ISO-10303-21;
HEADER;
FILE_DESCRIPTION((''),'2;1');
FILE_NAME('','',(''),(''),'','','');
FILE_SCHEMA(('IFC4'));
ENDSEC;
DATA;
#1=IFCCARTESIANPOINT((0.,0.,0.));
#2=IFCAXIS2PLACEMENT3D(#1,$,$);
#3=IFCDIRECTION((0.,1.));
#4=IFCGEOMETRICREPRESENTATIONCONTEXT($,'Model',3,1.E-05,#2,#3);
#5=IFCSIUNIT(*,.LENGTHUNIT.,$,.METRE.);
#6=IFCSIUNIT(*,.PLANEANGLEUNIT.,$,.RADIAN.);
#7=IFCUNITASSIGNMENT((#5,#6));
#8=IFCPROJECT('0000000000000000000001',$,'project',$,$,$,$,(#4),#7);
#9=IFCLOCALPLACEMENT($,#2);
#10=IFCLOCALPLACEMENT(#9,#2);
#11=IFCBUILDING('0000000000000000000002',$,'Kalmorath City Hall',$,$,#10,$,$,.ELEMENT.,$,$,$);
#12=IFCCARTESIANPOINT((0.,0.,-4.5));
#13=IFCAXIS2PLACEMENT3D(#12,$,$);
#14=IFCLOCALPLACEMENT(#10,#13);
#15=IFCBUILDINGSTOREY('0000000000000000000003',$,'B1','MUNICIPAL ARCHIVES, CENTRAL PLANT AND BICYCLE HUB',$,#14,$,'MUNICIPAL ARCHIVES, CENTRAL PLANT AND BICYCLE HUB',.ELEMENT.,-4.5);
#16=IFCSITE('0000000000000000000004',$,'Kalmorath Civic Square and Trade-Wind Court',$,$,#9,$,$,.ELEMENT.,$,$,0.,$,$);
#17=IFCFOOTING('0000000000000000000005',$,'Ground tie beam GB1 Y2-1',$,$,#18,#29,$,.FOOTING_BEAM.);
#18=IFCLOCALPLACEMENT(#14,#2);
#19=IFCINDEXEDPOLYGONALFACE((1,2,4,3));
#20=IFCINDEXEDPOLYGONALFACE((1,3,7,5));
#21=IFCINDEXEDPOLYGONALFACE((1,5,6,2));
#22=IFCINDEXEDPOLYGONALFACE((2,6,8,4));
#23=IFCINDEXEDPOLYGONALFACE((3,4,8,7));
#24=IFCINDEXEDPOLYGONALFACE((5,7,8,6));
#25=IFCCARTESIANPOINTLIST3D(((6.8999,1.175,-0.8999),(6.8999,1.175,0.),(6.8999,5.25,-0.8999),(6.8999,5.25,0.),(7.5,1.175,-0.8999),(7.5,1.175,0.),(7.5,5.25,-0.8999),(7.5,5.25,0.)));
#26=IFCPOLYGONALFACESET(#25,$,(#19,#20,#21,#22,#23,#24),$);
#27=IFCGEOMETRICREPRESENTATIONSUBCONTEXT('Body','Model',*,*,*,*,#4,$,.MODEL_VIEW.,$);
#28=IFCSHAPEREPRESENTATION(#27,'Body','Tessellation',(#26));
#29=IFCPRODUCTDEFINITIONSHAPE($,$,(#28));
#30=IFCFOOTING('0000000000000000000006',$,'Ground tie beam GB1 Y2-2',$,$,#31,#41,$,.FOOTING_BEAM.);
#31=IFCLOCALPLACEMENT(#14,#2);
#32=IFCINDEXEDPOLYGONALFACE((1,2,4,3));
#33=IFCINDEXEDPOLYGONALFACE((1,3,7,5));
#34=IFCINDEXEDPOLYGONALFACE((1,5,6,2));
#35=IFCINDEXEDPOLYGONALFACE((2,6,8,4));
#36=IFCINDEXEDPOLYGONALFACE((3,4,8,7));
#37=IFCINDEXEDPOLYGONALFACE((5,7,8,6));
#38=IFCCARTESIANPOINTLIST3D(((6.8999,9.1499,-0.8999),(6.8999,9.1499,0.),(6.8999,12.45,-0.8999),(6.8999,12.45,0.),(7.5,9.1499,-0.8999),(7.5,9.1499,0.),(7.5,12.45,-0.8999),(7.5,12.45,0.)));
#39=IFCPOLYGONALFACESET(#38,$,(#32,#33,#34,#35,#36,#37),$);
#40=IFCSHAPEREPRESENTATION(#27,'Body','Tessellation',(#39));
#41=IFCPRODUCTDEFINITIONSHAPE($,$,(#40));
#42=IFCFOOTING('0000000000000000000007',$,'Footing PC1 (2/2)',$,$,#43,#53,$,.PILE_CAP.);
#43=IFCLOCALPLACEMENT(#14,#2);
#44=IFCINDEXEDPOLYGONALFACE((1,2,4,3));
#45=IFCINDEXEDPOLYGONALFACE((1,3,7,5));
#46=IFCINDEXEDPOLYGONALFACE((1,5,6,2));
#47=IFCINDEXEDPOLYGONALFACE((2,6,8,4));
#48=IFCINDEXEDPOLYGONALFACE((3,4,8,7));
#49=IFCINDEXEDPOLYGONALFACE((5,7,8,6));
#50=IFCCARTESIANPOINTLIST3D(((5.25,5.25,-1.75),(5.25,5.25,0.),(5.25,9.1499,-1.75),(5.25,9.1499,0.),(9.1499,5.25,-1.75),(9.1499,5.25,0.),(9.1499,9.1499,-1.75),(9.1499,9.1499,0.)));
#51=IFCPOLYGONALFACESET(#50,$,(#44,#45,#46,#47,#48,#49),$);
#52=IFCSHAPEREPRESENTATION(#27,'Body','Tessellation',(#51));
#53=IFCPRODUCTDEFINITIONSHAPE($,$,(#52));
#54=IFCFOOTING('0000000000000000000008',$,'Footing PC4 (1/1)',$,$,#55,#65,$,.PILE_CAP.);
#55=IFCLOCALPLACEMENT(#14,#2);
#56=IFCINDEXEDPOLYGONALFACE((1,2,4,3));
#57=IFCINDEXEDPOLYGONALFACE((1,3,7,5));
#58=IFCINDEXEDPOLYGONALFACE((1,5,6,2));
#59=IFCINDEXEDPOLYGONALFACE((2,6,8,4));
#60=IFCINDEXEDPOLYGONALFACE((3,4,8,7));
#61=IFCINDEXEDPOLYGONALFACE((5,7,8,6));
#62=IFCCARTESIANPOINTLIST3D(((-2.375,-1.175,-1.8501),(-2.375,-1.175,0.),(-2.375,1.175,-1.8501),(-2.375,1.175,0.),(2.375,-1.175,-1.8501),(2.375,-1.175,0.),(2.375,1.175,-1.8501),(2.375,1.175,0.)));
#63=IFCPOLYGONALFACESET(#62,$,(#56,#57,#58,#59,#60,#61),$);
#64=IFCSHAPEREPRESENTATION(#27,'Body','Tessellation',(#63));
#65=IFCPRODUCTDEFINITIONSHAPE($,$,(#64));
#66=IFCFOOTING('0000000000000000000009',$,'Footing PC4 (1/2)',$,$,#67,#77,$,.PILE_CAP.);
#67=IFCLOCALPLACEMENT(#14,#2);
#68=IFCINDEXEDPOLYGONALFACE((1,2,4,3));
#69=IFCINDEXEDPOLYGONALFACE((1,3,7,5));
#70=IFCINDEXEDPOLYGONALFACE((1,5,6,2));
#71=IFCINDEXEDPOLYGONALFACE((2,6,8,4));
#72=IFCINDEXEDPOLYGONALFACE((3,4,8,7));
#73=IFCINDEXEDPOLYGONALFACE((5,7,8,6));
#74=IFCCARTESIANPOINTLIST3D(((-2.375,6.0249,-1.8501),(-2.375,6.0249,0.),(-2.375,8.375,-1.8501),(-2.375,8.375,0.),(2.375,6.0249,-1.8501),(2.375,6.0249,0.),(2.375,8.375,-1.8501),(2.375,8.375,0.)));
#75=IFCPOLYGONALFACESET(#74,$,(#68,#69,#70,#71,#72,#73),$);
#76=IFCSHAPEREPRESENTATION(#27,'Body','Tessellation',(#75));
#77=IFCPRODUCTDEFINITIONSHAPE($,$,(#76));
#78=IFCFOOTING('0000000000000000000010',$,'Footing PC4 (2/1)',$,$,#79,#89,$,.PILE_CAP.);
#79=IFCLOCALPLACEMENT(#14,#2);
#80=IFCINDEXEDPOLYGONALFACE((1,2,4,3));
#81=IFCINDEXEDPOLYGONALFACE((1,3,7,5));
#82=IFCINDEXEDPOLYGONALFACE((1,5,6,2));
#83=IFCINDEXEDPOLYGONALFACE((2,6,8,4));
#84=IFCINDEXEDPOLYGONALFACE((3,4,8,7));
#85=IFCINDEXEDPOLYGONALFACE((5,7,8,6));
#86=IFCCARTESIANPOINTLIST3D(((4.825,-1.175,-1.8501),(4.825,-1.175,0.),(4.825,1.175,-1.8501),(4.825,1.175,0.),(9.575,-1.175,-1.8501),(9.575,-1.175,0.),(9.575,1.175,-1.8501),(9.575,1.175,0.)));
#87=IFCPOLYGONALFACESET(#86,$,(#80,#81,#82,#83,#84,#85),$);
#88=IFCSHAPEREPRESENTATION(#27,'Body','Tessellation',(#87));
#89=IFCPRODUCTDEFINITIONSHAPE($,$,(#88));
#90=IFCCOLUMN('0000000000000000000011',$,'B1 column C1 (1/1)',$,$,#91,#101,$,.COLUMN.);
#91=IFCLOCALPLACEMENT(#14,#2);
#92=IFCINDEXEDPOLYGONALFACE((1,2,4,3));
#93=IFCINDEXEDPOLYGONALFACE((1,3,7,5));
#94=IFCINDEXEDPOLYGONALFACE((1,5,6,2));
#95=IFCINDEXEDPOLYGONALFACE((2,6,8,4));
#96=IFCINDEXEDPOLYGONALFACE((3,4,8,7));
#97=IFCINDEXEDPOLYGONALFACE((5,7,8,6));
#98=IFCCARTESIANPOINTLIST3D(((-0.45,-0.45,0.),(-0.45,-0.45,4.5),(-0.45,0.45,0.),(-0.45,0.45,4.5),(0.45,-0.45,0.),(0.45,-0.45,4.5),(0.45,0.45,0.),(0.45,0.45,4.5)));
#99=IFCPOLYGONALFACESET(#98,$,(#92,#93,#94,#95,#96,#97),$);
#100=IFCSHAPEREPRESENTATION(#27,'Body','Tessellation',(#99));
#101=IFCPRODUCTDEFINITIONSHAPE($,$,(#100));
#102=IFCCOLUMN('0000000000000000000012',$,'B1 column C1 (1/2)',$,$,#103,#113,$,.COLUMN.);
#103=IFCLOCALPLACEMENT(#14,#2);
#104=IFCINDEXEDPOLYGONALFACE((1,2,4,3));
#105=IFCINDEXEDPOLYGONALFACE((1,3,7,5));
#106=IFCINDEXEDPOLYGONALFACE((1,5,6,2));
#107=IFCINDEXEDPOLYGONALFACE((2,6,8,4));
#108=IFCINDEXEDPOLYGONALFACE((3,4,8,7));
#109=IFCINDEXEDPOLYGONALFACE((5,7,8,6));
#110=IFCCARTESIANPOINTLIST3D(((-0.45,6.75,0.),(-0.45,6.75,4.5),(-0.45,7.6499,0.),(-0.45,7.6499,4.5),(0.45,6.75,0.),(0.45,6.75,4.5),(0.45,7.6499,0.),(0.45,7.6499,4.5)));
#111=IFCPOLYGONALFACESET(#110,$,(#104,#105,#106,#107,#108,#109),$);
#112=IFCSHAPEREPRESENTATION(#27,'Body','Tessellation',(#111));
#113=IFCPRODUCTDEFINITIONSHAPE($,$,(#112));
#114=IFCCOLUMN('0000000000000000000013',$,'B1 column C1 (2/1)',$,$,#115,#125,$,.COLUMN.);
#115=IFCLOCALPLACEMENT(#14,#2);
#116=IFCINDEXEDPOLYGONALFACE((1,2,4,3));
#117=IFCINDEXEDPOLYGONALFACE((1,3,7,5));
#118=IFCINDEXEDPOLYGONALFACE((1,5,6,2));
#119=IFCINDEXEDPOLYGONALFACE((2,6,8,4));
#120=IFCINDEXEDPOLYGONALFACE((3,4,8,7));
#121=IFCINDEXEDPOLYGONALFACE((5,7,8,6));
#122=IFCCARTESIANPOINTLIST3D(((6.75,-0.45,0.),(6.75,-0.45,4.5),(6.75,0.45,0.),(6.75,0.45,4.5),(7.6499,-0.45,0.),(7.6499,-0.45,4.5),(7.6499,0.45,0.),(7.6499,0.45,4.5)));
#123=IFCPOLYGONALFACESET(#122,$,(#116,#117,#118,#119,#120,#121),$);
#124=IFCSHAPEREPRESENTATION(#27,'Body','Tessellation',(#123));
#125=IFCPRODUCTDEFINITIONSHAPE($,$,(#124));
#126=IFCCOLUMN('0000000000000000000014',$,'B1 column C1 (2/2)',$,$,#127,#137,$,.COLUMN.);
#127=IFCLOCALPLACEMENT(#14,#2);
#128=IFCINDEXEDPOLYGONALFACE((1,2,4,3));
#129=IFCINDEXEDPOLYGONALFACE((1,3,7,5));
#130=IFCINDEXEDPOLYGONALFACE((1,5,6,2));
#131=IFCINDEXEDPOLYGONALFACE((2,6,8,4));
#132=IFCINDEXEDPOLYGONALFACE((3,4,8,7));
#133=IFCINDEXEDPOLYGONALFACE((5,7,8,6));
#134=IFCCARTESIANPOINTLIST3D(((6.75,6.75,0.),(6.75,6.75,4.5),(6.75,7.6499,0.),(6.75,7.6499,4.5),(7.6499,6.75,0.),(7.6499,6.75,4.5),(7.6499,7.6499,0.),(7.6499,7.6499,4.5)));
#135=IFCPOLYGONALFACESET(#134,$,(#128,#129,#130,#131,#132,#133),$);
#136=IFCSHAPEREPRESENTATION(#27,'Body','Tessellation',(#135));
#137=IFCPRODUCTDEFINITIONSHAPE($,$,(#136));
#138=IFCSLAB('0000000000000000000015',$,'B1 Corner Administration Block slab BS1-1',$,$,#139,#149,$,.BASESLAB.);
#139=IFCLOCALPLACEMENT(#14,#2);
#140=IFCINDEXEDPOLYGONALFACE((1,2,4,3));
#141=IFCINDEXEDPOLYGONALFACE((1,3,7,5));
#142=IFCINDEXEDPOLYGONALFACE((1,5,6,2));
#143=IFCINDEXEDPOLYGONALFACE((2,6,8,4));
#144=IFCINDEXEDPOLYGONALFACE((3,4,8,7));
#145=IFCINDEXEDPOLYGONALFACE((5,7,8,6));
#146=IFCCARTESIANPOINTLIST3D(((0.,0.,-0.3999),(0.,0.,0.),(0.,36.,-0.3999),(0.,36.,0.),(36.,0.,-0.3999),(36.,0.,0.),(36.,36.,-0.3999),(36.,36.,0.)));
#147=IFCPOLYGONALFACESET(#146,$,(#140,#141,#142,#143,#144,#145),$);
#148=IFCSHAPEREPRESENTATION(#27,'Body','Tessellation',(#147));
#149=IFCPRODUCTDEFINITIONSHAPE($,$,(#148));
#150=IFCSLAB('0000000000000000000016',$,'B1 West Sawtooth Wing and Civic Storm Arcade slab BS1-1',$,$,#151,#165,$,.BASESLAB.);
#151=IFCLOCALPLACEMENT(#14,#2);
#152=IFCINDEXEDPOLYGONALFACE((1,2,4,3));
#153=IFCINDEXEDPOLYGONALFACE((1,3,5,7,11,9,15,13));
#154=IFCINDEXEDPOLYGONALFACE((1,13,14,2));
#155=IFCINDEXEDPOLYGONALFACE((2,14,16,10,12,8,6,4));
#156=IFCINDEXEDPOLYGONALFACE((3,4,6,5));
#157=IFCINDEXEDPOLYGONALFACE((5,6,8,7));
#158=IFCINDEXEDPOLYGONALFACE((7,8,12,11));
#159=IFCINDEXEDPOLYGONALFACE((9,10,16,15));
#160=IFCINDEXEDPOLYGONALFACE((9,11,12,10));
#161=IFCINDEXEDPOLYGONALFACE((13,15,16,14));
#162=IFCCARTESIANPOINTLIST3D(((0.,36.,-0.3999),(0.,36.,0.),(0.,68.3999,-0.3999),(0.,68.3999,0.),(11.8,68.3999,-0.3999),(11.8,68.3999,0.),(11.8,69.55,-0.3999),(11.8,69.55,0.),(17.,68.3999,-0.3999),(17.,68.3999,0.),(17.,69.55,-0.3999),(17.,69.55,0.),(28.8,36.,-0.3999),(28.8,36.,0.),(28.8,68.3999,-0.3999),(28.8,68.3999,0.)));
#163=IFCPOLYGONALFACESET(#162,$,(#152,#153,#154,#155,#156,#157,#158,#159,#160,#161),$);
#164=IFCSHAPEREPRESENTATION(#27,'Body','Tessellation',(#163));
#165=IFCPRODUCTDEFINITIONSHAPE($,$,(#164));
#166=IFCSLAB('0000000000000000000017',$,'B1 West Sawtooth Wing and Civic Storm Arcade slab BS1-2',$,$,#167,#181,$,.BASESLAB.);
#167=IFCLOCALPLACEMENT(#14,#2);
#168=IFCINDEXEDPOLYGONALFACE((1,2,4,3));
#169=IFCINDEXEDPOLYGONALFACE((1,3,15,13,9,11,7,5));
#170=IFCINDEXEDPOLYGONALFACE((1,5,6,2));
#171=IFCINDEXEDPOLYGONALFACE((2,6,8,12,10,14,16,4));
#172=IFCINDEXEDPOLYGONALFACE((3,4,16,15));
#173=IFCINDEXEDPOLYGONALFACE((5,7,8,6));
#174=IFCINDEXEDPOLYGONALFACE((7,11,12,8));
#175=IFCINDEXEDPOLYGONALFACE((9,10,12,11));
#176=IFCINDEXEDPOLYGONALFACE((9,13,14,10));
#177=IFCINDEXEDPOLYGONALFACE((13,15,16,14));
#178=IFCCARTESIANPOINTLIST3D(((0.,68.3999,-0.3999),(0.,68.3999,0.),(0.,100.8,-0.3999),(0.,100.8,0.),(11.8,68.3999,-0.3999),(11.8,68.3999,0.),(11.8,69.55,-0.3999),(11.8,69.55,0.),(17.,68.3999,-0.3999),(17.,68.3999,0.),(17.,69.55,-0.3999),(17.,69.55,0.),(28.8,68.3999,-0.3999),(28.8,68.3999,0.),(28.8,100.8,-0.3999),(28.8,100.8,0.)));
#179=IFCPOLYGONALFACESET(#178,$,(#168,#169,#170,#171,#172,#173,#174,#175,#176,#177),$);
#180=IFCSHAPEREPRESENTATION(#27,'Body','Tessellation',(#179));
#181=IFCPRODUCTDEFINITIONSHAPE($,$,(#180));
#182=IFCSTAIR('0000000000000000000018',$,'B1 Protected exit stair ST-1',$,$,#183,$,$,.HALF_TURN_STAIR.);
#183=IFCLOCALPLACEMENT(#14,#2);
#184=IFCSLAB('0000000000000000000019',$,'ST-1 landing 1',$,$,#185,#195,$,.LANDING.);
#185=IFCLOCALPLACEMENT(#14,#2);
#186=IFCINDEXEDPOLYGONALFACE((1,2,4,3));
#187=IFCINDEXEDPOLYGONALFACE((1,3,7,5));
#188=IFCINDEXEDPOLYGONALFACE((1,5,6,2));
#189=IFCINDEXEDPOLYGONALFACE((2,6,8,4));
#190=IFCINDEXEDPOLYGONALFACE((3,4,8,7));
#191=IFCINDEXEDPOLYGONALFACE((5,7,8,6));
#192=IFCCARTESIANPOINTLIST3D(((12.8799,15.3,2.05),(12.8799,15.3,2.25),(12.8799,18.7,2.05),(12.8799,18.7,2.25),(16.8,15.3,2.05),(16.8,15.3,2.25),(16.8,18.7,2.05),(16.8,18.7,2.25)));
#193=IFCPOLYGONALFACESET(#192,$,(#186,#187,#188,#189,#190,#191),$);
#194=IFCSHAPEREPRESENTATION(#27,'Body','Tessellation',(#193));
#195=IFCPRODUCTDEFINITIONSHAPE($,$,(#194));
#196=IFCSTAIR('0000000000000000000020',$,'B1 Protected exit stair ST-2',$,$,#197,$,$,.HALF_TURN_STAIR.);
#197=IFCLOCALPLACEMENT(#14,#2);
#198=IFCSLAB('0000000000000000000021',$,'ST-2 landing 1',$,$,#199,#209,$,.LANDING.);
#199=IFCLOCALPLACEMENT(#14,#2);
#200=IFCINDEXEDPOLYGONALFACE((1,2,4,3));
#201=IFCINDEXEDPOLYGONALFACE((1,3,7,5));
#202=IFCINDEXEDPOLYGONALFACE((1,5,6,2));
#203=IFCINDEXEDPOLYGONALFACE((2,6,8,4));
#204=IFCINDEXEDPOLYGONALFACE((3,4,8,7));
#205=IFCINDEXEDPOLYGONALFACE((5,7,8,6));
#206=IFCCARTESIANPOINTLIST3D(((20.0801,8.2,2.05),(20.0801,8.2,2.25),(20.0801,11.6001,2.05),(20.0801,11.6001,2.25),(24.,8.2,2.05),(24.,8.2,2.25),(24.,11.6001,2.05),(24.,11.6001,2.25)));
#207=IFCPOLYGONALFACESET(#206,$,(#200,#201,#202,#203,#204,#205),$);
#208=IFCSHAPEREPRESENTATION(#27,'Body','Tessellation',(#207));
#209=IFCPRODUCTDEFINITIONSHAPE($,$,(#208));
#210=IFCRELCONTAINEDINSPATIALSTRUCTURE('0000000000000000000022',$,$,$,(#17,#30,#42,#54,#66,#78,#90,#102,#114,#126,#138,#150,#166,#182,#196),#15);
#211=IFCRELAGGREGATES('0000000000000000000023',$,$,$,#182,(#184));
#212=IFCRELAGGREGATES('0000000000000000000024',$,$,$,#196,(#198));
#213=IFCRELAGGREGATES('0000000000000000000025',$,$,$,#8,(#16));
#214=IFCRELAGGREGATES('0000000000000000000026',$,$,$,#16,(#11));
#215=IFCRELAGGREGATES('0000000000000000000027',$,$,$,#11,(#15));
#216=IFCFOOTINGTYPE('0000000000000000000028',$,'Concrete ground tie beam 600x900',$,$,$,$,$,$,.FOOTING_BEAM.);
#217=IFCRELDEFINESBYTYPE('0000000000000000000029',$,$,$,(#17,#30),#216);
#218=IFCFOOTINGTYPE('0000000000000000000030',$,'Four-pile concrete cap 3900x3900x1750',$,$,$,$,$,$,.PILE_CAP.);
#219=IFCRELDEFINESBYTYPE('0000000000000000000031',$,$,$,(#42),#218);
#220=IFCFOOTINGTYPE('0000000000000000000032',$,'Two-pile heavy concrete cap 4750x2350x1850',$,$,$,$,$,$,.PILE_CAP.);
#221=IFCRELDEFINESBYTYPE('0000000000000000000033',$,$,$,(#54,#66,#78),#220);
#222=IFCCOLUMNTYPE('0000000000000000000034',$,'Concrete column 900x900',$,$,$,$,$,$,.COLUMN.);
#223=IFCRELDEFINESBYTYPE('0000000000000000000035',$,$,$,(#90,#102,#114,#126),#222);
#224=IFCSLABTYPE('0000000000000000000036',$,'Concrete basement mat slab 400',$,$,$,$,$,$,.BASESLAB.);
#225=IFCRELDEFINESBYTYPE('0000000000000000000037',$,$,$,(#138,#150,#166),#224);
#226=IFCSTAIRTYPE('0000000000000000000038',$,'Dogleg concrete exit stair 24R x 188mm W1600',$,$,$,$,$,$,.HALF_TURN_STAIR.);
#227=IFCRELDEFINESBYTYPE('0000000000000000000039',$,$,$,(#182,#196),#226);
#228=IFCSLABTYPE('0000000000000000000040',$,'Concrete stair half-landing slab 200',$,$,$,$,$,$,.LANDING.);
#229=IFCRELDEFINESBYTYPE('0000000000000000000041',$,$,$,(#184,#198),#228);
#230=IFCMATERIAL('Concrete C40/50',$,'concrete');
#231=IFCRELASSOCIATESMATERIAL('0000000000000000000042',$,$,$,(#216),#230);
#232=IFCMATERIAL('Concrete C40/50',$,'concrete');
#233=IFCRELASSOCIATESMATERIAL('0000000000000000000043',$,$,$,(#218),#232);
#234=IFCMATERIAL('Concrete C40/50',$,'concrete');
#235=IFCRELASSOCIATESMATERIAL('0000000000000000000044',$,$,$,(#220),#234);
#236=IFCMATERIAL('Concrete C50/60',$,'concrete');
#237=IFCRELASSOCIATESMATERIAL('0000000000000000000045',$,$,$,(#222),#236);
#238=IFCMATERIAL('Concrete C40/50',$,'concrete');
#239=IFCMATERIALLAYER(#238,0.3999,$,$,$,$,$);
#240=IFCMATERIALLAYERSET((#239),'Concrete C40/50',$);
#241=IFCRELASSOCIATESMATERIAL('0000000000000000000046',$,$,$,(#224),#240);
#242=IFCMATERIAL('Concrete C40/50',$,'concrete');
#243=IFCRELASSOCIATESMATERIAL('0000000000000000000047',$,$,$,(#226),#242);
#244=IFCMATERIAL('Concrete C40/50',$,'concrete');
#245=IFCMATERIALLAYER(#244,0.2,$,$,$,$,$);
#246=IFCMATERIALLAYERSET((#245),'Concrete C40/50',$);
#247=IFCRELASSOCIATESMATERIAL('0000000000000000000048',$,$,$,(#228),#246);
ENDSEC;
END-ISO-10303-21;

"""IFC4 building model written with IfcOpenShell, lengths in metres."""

from ifc_helpers import new_model, si_unit, direction, frame, origin, origin_2d, place, context, subcontext, project, spatial, polyline, rectangle, outline, extrude, material, layer, layer_set, material_profile, profile_set, type_object, element, aggregate, save


model = new_model("IFC4")

# Units and contexts
model_context = context("Model", 3, precision=1e-05, world=origin(), true_north=direction((0.0, 1.0)))
body_context = subcontext(model_context, "Body", "Model", "MODEL_VIEW")
ifc_project = project(units=[si_unit("LENGTHUNIT", "METRE"), si_unit("PLANEANGLEUNIT", "RADIAN")], contexts=[model_context])

# Site, building, storey
site_placement = place(None, origin())
site = spatial("IfcSite", under=ifc_project, at=site_placement, Name="Kalmorath Civic Square and Trade-Wind Court", CompositionType="ELEMENT", RefElevation=0.0)
building_placement = place(site_placement, origin())
building = spatial("IfcBuilding", under=site, at=building_placement, Name="Kalmorath City Hall", CompositionType="ELEMENT")
storey_placement = place(building_placement, frame((0.0, 0.0, -4.5)))
storey = spatial("IfcBuildingStorey", under=building, at=storey_placement, Name="B1", Description="MUNICIPAL ARCHIVES, CENTRAL PLANT AND BICYCLE HUB", LongName="MUNICIPAL ARCHIVES, CENTRAL PLANT AND BICYCLE HUB", CompositionType="ELEMENT", Elevation=-4.5)

# Footings
ifc_material_1 = material(Name="Concrete C40/50", Category="concrete")
ifc_material_profile_1 = material_profile(ifc_material_1, rectangle(XDim=0.6001, YDim=0.8999, at=origin_2d()), Name="RC-BM-600X900")
ifc_profile_set_1 = profile_set([ifc_material_profile_1], Name="Concrete C40/50")
footing_type_1 = type_object("IfcFootingType", Name="Concrete ground tie beam 600x900", PredefinedType="FOOTING_BEAM", material=ifc_profile_set_1)
footing_1_placement = place(storey_placement, frame((7.2, 1.175, -0.45), z_axis=(0.0, 1.0, 0.0), x_axis=(-1.0, 0.0, 0.0)))
element("IfcFooting", 1, at=footing_1_placement, inside=storey, type_object=footing_type_1, Name="Ground tie beam GB1 Y2-1", PredefinedType="FOOTING_BEAM", context=body_context, shape_type="SweptSolid", body=[
    extrude(rectangle(XDim=0.6001, YDim=0.8999, at=origin_2d()), origin(), (0.0, 0.0, 1.0), 4.075),
])
footing_2_placement = place(storey_placement, frame((7.2, 9.1499, -0.45), z_axis=(0.0, 1.0, 0.0), x_axis=(-1.0, 0.0, 0.0)))
element("IfcFooting", 2, at=footing_2_placement, inside=storey, type_object=footing_type_1, Name="Ground tie beam GB1 Y2-2", PredefinedType="FOOTING_BEAM", context=body_context, shape_type="SweptSolid", body=[
    extrude(rectangle(XDim=0.6001, YDim=0.8999, at=origin_2d()), origin(), (0.0, 0.0, 1.0), 3.3),
])
ifc_material_2 = material(Name="Concrete C40/50", Category="concrete")
footing_type_2 = type_object("IfcFootingType", Name="Four-pile concrete cap 3900x3900x1750", PredefinedType="PILE_CAP", material=ifc_material_2)
footing_3_placement = place(storey_placement, frame((7.2, 7.2, -1.75), z_axis=(0.0, 0.0, 1.0), x_axis=(1.0, 0.0, 0.0)))
element("IfcFooting", 3, at=footing_3_placement, inside=storey, type_object=footing_type_2, Name="Footing PC1 (2/2)", PredefinedType="PILE_CAP", context=body_context, shape_type="SweptSolid", body=[
    extrude(rectangle(XDim=3.8999, YDim=3.8999, at=origin_2d()), origin(), (0.0, 0.0, 1.0), 1.75),
])
ifc_material_3 = material(Name="Concrete C40/50", Category="concrete")
footing_type_3 = type_object("IfcFootingType", Name="Two-pile heavy concrete cap 4750x2350x1850", PredefinedType="PILE_CAP", material=ifc_material_3)
for number, where, z_axis, x_axis, name in (
    (4, (0.0, 0.0, -1.8501), (0.0, 0.0, 1.0), (1.0, 0.0, 0.0), "Footing PC4 (1/1)"),
    (5, (0.0, 7.2, -1.8501), (0.0, 0.0, 1.0), (1.0, 0.0, 0.0), "Footing PC4 (1/2)"),
    (6, (7.2, 0.0, -1.8501), (0.0, 0.0, 1.0), (1.0, 0.0, 0.0), "Footing PC4 (2/1)"),
):
    element("IfcFooting", number, at=place(storey_placement, frame(where, z_axis=z_axis, x_axis=x_axis)), inside=storey, type_object=footing_type_3, Name=name, PredefinedType="PILE_CAP", context=body_context, shape_type="SweptSolid", body=[
        extrude(rectangle(XDim=4.75, YDim=2.3501, at=origin_2d()), origin(), (0.0, 0.0, 1.0), 1.8501),
    ])

# Columns
ifc_material_4 = material(Name="Concrete C50/60", Category="concrete")
ifc_material_profile_2 = material_profile(ifc_material_4, rectangle(XDim=0.8999, YDim=0.8999, at=origin_2d()), Name="RC-COL-900X900")
ifc_profile_set_2 = profile_set([ifc_material_profile_2], Name="Concrete C50/60")
column_type = type_object("IfcColumnType", Name="Concrete column 900x900", PredefinedType="COLUMN", material=ifc_profile_set_2)
for number, where, z_axis, x_axis, name in (
    (7, (0.0, 0.0, 0.0), (0.0, 0.0, 1.0), (1.0, 0.0, 0.0), "B1 column C1 (1/1)"),
    (8, (0.0, 7.2, 0.0), (0.0, 0.0, 1.0), (1.0, 0.0, 0.0), "B1 column C1 (1/2)"),
    (9, (7.2, 0.0, 0.0), (0.0, 0.0, 1.0), (1.0, 0.0, 0.0), "B1 column C1 (2/1)"),
    (10, (7.2, 7.2, 0.0), (0.0, 0.0, 1.0), (1.0, 0.0, 0.0), "B1 column C1 (2/2)"),
):
    element("IfcColumn", number, at=place(storey_placement, frame(where, z_axis=z_axis, x_axis=x_axis)), inside=storey, type_object=column_type, Name=name, PredefinedType="COLUMN", context=body_context, shape_type="SweptSolid", body=[
        extrude(rectangle(XDim=0.8999, YDim=0.8999, at=origin_2d()), origin(), (0.0, 0.0, 1.0), 4.5),
    ])

# Slabs
ifc_material_5 = material(Name="Concrete C40/50", Category="concrete")
ifc_layer_1 = layer(ifc_material_5, 0.3999)
ifc_layer_set_1 = layer_set([ifc_layer_1], Name="Concrete C40/50")
slab_type_1 = type_object("IfcSlabType", Name="Concrete basement mat slab 400", PredefinedType="BASESLAB", material=ifc_layer_set_1)
slab_1_placement = place(storey_placement, frame((0.0, 0.0, -0.3999)))
element("IfcSlab", 11, at=slab_1_placement, inside=storey, type_object=slab_type_1, Name="B1 Corner Administration Block slab BS1-1", PredefinedType="BASESLAB", context=body_context, shape_type="SweptSolid", body=[
    extrude(outline(polyline([(0.0, 0.0), (0.0, 36.0), (36.0, 36.0), (36.0, 0.0), (0.0, 0.0)])), origin(), (0.0, 0.0, 1.0), 0.3999),
])
slab_2_placement = place(storey_placement, frame((0.0, 0.0, -0.3999)))
element("IfcSlab", 12, at=slab_2_placement, inside=storey, type_object=slab_type_1, Name="B1 West Sawtooth Wing and Civic Storm Arcade slab BS1-1", PredefinedType="BASESLAB", context=body_context, shape_type="SweptSolid", body=[
    extrude(outline(polyline([(11.8, 68.3999), (11.8, 69.55), (17.0, 69.55), (17.0, 68.3999), (28.8, 68.3999), (28.8, 36.0), (0.0, 36.0), (0.0, 68.3999), (11.8, 68.3999)])), origin(), (0.0, 0.0, 1.0), 0.3999),
])
slab_3_placement = place(storey_placement, frame((0.0, 0.0, -0.3999)))
element("IfcSlab", 13, at=slab_3_placement, inside=storey, type_object=slab_type_1, Name="B1 West Sawtooth Wing and Civic Storm Arcade slab BS1-2", PredefinedType="BASESLAB", context=body_context, shape_type="SweptSolid", body=[
    extrude(outline(polyline([(28.8, 100.8), (28.8, 68.3999), (17.0, 68.3999), (17.0, 69.55), (11.8, 69.55), (11.8, 68.3999), (0.0, 68.3999), (0.0, 100.8), (28.8, 100.8)])), origin(), (0.0, 0.0, 1.0), 0.3999),
])

# Stairs, slabs
ifc_material_6 = material(Name="Concrete C40/50", Category="concrete")
stair_type_1 = type_object("IfcStairType", Name="Dogleg concrete exit stair 24R x 188mm W1600", PredefinedType="HALF_TURN_STAIR", material=ifc_material_6)
stair_1_placement = place(storey_placement, origin())
stair_1 = element("IfcStair", 14, at=stair_1_placement, inside=storey, type_object=stair_type_1, Name="B1 Protected exit stair ST-1", PredefinedType="HALF_TURN_STAIR")
ifc_material_7 = material(Name="Concrete C40/50", Category="concrete")
ifc_layer_2 = layer(ifc_material_7, 0.2)
ifc_layer_set_2 = layer_set([ifc_layer_2], Name="Concrete C40/50")
slab_type_2 = type_object("IfcSlabType", Name="Concrete stair half-landing slab 200", PredefinedType="LANDING", material=ifc_layer_set_2)
slab_4_placement = place(storey_placement, frame((0.0, 0.0, 2.05)))
slab_4 = element("IfcSlab", 15, at=slab_4_placement, type_object=slab_type_2, Name="ST-1 landing 1", PredefinedType="LANDING", context=body_context, shape_type="SweptSolid", body=[
    extrude(outline(polyline([(12.8799, 15.3), (16.8, 15.3), (16.8, 18.7), (12.8799, 18.7), (12.8799, 15.3)])), origin(), (0.0, 0.0, 1.0), 0.2),
])
aggregate(stair_1, [slab_4])
stair_2_placement = place(storey_placement, origin())
stair_2 = element("IfcStair", 16, at=stair_2_placement, inside=storey, type_object=stair_type_1, Name="B1 Protected exit stair ST-2", PredefinedType="HALF_TURN_STAIR")
slab_5_placement = place(storey_placement, frame((0.0, 0.0, 2.05)))
slab_5 = element("IfcSlab", 17, at=slab_5_placement, type_object=slab_type_2, Name="ST-2 landing 1", PredefinedType="LANDING", context=body_context, shape_type="SweptSolid", body=[
    extrude(outline(polyline([(20.0801, 8.2), (24.0, 8.2), (24.0, 11.6001), (20.0801, 11.6001), (20.0801, 8.2)])), origin(), (0.0, 0.0, 1.0), 0.2),
])
aggregate(stair_2, [slab_5])

save(model, "model.ifc")
